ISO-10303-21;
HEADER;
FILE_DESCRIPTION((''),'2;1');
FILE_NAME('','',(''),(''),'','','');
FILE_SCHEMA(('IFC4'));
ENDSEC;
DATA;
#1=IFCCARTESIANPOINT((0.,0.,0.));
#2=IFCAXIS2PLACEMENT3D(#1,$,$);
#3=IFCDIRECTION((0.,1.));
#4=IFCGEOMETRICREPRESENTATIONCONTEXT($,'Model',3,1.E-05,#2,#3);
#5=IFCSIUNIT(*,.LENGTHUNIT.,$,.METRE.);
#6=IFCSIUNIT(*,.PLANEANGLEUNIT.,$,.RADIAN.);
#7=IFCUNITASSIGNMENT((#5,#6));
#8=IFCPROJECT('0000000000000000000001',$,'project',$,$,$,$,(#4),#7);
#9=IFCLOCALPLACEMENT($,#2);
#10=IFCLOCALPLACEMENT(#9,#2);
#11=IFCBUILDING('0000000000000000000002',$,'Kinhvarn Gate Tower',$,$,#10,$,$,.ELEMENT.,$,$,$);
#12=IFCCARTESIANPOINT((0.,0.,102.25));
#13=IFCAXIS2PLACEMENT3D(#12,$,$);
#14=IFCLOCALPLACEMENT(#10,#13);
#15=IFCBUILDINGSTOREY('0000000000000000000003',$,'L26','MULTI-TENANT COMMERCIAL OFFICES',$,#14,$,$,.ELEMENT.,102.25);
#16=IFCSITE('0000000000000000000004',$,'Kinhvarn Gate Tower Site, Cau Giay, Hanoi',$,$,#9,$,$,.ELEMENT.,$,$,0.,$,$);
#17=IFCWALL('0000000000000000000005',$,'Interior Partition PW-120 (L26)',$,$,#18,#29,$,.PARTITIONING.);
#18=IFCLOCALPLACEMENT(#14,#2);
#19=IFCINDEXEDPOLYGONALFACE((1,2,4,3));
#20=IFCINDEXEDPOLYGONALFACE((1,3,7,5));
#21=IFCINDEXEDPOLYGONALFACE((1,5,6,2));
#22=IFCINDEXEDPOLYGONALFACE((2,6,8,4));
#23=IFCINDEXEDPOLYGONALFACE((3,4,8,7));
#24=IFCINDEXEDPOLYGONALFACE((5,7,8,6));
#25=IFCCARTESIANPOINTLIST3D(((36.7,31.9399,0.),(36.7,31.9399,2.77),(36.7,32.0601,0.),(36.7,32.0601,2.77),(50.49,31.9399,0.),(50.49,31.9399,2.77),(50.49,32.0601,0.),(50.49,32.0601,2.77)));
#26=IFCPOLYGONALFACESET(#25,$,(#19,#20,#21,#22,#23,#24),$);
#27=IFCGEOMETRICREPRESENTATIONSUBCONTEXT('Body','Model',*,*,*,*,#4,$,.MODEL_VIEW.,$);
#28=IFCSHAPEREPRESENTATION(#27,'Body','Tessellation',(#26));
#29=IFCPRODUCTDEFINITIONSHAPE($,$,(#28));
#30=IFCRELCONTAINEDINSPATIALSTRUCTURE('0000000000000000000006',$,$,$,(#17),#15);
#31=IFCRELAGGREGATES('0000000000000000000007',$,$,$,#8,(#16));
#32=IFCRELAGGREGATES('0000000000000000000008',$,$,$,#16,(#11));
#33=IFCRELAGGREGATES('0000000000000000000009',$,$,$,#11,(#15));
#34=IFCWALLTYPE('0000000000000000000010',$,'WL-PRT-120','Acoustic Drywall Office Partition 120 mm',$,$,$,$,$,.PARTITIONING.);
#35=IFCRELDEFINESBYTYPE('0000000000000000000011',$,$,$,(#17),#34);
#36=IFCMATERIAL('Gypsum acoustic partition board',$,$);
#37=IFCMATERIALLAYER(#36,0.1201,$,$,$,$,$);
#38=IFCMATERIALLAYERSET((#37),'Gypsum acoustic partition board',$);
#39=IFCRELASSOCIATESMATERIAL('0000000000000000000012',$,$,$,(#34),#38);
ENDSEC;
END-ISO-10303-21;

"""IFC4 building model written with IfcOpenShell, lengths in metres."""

from ifc_helpers import new_model, si_unit, direction, frame, frame_2d, origin, place, context, subcontext, project, spatial, rectangle, extrude, material, layer, layer_set, type_object, element, save


model = new_model("IFC4")

# Units and contexts
model_context = context("Model", 3, precision=1e-05, world=origin(), true_north=direction((0.0, 1.0)))
body_context = subcontext(model_context, "Body", "Model", "MODEL_VIEW")
ifc_project = project(units=[si_unit("LENGTHUNIT", "METRE"), si_unit("PLANEANGLEUNIT", "RADIAN")], contexts=[model_context])

# Site, building, storey
site_placement = place(None, origin())
site = spatial("IfcSite", under=ifc_project, at=site_placement, Name="Kinhvarn Gate Tower Site, Cau Giay, Hanoi", CompositionType="ELEMENT", RefElevation=0.0)
building_placement = place(site_placement, origin())
building = spatial("IfcBuilding", under=site, at=building_placement, Name="Kinhvarn Gate Tower", CompositionType="ELEMENT")
storey_placement = place(building_placement, frame((0.0, 0.0, 102.25)))
storey = spatial("IfcBuildingStorey", under=building, at=storey_placement, Name="L26", Description="MULTI-TENANT COMMERCIAL OFFICES", CompositionType="ELEMENT", Elevation=102.25)

# Wall
ifc_material_1 = material(Name="Gypsum acoustic partition board")
ifc_layer_1 = layer(ifc_material_1, 0.1201)
ifc_layer_set_1 = layer_set([ifc_layer_1], Name="Gypsum acoustic partition board")
wall_type_1 = type_object("IfcWallType", Name="WL-PRT-120", Description="Acoustic Drywall Office Partition 120 mm", PredefinedType="PARTITIONING", material=ifc_layer_set_1)
wall_1_placement = place(storey_placement, frame((36.7, 32.0, 0.0), z_axis=(0.0, 0.0, 1.0), x_axis=(1.0, 0.0, 0.0)))
element("IfcWall", 1, at=wall_1_placement, inside=storey, type_object=wall_type_1, Name="Interior Partition PW-120 (L26)", PredefinedType="PARTITIONING", context=body_context, shape_type="SweptSolid", body=[
    extrude(rectangle(XDim=13.79, YDim=0.1201, at=frame_2d((6.895, 0.0))), origin(), (0.0, 0.0, 1.0), 2.77),
])

save(model, "model.ifc")
